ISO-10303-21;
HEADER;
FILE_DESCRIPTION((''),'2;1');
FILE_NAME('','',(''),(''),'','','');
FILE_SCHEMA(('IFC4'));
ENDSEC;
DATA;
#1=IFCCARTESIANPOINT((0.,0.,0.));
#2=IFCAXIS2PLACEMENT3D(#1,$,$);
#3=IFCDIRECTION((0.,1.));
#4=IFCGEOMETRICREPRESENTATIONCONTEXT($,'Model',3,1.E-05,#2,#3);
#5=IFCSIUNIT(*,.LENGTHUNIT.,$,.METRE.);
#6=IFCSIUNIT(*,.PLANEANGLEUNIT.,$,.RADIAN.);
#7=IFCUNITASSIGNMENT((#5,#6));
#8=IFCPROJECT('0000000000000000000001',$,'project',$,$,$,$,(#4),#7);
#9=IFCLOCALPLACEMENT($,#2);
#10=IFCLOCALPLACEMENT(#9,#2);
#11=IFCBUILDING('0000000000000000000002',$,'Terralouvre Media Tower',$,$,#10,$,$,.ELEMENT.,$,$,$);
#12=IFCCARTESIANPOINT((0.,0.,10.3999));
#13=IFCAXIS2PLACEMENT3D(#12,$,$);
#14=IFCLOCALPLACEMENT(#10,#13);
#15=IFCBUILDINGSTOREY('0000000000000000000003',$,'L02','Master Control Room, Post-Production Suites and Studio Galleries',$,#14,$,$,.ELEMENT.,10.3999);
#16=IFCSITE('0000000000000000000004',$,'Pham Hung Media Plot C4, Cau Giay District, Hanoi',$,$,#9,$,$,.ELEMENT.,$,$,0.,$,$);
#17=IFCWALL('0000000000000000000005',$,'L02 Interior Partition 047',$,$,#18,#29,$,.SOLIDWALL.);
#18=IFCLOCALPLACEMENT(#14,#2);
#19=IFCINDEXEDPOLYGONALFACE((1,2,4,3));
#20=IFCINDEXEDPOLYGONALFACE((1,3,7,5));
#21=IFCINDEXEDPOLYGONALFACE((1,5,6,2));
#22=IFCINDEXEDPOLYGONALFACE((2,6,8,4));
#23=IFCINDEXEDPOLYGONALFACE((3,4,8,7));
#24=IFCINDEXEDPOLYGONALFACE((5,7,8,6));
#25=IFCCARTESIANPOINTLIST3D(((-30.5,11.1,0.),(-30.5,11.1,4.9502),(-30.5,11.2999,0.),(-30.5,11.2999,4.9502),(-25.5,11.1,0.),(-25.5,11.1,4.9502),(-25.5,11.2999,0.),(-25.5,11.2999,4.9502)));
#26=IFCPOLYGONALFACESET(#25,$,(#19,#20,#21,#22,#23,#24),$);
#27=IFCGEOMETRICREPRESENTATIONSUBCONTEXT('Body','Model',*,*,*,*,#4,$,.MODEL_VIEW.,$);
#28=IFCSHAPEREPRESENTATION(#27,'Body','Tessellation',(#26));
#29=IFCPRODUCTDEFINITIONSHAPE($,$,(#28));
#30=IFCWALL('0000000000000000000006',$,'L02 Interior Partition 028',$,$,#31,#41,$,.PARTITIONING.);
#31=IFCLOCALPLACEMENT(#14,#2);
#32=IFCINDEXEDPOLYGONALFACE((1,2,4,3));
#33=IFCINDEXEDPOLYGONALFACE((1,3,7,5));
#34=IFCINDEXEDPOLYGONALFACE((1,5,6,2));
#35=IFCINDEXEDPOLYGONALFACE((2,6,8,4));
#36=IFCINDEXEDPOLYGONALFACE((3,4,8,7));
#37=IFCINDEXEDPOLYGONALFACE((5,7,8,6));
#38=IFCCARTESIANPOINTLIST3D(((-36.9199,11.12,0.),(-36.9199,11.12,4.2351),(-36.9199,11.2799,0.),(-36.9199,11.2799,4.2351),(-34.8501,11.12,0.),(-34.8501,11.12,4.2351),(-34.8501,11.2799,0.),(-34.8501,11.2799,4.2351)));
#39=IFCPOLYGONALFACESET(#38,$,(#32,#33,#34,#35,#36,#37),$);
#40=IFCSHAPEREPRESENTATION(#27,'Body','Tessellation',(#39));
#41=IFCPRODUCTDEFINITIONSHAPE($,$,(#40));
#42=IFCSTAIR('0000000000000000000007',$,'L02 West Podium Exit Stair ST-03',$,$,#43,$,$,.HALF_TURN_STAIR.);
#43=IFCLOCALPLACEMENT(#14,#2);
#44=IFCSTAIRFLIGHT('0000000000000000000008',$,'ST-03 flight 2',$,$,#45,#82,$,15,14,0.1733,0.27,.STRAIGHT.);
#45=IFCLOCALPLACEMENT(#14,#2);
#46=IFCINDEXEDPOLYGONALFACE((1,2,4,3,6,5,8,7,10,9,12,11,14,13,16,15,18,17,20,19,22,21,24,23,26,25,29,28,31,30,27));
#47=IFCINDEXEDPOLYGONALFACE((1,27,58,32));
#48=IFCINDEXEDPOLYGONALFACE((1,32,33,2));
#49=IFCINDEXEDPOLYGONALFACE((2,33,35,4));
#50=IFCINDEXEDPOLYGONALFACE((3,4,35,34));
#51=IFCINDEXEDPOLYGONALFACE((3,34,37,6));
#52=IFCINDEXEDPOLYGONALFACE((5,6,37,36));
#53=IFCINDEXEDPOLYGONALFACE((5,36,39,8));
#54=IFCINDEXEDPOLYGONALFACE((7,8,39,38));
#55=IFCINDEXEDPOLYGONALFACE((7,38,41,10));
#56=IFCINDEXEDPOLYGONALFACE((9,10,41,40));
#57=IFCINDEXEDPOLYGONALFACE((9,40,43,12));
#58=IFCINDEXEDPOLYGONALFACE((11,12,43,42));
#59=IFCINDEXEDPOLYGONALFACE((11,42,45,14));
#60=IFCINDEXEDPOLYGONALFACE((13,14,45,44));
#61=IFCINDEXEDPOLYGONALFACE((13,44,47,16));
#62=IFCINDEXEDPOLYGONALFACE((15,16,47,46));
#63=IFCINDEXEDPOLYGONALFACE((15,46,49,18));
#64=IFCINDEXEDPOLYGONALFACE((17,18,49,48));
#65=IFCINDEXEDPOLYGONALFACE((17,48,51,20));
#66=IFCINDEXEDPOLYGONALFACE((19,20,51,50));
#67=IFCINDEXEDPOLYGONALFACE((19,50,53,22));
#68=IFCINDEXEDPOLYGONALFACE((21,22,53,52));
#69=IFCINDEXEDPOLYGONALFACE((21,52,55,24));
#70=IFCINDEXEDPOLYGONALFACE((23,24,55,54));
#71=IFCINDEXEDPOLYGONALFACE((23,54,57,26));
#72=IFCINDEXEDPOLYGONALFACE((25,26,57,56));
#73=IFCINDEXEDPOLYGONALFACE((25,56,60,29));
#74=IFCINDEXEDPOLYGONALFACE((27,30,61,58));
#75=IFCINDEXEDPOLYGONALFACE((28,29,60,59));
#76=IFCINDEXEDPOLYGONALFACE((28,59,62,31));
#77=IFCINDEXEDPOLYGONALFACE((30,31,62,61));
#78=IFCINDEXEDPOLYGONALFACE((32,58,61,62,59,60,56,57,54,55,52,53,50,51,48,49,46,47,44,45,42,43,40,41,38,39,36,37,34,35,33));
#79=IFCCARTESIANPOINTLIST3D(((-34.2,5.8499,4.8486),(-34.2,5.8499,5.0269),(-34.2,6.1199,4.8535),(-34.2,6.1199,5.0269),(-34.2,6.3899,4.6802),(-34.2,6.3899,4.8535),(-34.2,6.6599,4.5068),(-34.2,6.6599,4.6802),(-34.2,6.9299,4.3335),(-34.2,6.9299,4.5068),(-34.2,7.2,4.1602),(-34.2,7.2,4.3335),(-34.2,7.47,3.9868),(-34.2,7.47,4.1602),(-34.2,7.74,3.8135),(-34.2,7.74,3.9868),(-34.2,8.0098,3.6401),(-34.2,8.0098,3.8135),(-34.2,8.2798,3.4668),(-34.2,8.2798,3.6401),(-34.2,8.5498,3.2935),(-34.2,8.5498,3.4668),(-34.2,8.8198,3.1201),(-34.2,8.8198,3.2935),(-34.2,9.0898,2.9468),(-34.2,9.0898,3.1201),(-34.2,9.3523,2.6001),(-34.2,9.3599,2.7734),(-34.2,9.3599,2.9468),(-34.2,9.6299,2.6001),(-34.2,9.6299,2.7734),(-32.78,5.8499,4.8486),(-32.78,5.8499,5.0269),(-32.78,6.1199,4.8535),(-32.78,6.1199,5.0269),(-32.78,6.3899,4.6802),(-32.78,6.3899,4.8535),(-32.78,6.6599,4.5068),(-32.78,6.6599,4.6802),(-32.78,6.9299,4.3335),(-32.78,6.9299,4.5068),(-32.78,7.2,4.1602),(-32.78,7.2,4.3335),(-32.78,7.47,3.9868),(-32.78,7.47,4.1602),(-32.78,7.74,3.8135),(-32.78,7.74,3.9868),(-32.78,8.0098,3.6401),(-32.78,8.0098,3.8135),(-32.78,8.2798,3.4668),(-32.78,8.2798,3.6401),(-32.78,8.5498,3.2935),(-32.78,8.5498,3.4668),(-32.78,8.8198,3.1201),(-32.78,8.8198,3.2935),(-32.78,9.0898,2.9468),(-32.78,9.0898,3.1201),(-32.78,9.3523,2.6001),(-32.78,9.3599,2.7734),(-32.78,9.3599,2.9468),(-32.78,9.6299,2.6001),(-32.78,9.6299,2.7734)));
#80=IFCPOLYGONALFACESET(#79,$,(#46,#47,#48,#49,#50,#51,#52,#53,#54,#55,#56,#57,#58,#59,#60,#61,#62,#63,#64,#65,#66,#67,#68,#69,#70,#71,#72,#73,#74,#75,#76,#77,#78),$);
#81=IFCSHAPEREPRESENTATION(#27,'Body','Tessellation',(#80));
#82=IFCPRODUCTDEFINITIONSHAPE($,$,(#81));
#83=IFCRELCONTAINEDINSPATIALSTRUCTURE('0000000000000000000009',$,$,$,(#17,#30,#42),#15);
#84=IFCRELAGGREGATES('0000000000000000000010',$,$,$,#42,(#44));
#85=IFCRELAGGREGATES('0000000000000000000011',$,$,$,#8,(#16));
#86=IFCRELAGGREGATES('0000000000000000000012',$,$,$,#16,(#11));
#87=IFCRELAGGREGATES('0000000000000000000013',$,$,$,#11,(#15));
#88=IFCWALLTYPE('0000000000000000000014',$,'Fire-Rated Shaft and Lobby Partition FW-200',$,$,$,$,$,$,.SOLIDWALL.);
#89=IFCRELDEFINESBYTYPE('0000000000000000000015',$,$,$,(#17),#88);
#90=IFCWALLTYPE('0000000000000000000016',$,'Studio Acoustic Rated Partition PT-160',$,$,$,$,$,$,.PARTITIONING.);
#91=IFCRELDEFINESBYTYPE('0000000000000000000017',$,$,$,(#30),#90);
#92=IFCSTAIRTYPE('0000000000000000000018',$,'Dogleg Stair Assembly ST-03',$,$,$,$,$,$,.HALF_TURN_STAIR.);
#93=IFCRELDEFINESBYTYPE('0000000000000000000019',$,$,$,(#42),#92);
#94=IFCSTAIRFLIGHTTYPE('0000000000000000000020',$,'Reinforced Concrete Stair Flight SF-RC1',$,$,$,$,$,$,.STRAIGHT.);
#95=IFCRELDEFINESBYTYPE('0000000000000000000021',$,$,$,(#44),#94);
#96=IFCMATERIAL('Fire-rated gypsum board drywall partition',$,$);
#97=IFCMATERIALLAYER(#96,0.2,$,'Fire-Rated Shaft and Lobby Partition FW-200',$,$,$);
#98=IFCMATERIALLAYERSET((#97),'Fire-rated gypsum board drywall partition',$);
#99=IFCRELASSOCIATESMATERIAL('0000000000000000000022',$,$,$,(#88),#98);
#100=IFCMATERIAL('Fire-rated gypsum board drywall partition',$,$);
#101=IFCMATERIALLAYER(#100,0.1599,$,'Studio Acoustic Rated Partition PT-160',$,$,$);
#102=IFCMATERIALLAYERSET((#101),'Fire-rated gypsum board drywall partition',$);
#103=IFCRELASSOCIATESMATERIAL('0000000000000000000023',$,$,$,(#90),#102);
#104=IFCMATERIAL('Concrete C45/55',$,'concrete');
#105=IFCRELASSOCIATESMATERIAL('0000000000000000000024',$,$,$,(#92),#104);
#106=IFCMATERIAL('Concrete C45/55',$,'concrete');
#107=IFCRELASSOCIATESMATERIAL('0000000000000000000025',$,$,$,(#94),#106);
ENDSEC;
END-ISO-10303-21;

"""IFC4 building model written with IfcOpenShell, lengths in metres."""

from ifc_helpers import new_model, si_unit, direction, frame, frame_2d, origin, place, context, subcontext, project, spatial, polyline, rectangle, outline, extrude, material, layer, layer_set, type_object, element, aggregate, save


model = new_model("IFC4")

# Units and contexts
model_context = context("Model", 3, precision=1e-05, world=origin(), true_north=direction((0.0, 1.0)))
body_context = subcontext(model_context, "Body", "Model", "MODEL_VIEW")
ifc_project = project(units=[si_unit("LENGTHUNIT", "METRE"), si_unit("PLANEANGLEUNIT", "RADIAN")], contexts=[model_context])

# Site, building, storey
site_placement = place(None, origin())
site = spatial("IfcSite", under=ifc_project, at=site_placement, Name="Pham Hung Media Plot C4, Cau Giay District, Hanoi", CompositionType="ELEMENT", RefElevation=0.0)
building_placement = place(site_placement, origin())
building = spatial("IfcBuilding", under=site, at=building_placement, Name="Terralouvre Media Tower", CompositionType="ELEMENT")
storey_placement = place(building_placement, frame((0.0, 0.0, 10.3999)))
storey = spatial("IfcBuildingStorey", under=building, at=storey_placement, Name="L02", Description="Master Control Room, Post-Production Suites and Studio Galleries", CompositionType="ELEMENT", Elevation=10.3999)

# Shared definitions
ifc_material_1 = material(Name="Fire-rated gypsum board drywall partition")
ifc_layer_1 = layer(ifc_material_1, 0.2, Name="Fire-Rated Shaft and Lobby Partition FW-200")
ifc_layer_set_1 = layer_set([ifc_layer_1], Name="Fire-rated gypsum board drywall partition")
wall_type_1 = type_object("IfcWallType", Name="Fire-Rated Shaft and Lobby Partition FW-200", PredefinedType="SOLIDWALL", material=ifc_layer_set_1)

# Walls
wall_1_placement = place(storey_placement, frame((-30.5, 11.2, 0.0), z_axis=(0.0, 0.0, 1.0), x_axis=(1.0, 0.0, 0.0)))
element("IfcWall", 1, at=wall_1_placement, inside=storey, type_object=wall_type_1, Name="L02 Interior Partition 047", PredefinedType="SOLIDWALL", context=body_context, shape_type="SweptSolid", body=[
    extrude(rectangle(XDim=5.0, YDim=0.2, at=frame_2d((2.5, 0.0))), origin(), (0.0, 0.0, 1.0), 4.9502),
])
ifc_material_2 = material(Name="Fire-rated gypsum board drywall partition")
ifc_layer_2 = layer(ifc_material_2, 0.1599, Name="Studio Acoustic Rated Partition PT-160")
ifc_layer_set_2 = layer_set([ifc_layer_2], Name="Fire-rated gypsum board drywall partition")
wall_type_2 = type_object("IfcWallType", Name="Studio Acoustic Rated Partition PT-160", PredefinedType="PARTITIONING", material=ifc_layer_set_2)
wall_2_placement = place(storey_placement, frame((-34.8501, 11.2, 0.0), z_axis=(0.0, 0.0, 1.0), x_axis=(-1.0, 0.0, 0.0)))
element("IfcWall", 2, at=wall_2_placement, inside=storey, type_object=wall_type_2, Name="L02 Interior Partition 028", PredefinedType="PARTITIONING", context=body_context, shape_type="SweptSolid", body=[
    extrude(rectangle(XDim=2.0698, YDim=0.1599, at=frame_2d((1.0349, 0.0))), origin(), (0.0, 0.0, 1.0), 4.2351),
])

# Stair, stair flight
ifc_material_3 = material(Name="Concrete C45/55", Category="concrete")
stair_type = type_object("IfcStairType", Name="Dogleg Stair Assembly ST-03", PredefinedType="HALF_TURN_STAIR", material=ifc_material_3)
stair_placement = place(storey_placement, origin())
stair = element("IfcStair", 3, at=stair_placement, inside=storey, type_object=stair_type, Name="L02 West Podium Exit Stair ST-03", PredefinedType="HALF_TURN_STAIR")
ifc_material_4 = material(Name="Concrete C45/55", Category="concrete")
stair_flight_type = type_object("IfcStairFlightType", Name="Reinforced Concrete Stair Flight SF-RC1", PredefinedType="STRAIGHT", material=ifc_material_4)
stair_flight_placement = place(storey_placement, frame((-33.49, 9.6299, 2.6001), z_axis=(0.0, 0.0, 1.0), x_axis=(0.0, -1.0, 0.0)))
stair_flight = element("IfcStairFlight", 4, at=stair_flight_placement, type_object=stair_flight_type, Name="ST-03 flight 2", NumberOfRisers=15, NumberOfTreads=14, PredefinedType="STRAIGHT", RiserHeight=0.1733, TreadLength=0.27, context=body_context, shape_type="SweptSolid", body=[
    extrude(outline(polyline([(0.0, 0.0), (0.0, 0.1733), (0.27, 0.1733), (0.27, 0.3467), (0.54, 0.3467), (0.54, 0.52), (0.8101, 0.52), (0.8101, 0.6934), (1.0801, 0.6934), (1.0801, 0.8667), (1.3501, 0.8667), (1.3501, 1.04), (1.6201, 1.04), (1.6201, 1.2134), (1.8899, 1.2134), (1.8899, 1.3867), (2.1599, 1.3867), (2.1599, 1.5601), (2.4299, 1.5601), (2.4299, 1.7334), (2.7, 1.7334), (2.7, 1.9067), (2.97, 1.9067), (2.97, 2.0801), (3.24, 2.0801), (3.24, 2.2534), (3.51, 2.2534), (3.51, 2.4268), (3.78, 2.4268), (3.78, 2.6001), (3.78, 2.2485), (0.2776, 0.0), (0.0, 0.0)])), frame((0.0, 0.71, 0.0), z_axis=(0.0, -1.0, 0.0), x_axis=(1.0, 0.0, 0.0)), (0.0, 0.0, 1.0), 1.4199),
])
aggregate(stair, [stair_flight])

save(model, "model.ifc")
